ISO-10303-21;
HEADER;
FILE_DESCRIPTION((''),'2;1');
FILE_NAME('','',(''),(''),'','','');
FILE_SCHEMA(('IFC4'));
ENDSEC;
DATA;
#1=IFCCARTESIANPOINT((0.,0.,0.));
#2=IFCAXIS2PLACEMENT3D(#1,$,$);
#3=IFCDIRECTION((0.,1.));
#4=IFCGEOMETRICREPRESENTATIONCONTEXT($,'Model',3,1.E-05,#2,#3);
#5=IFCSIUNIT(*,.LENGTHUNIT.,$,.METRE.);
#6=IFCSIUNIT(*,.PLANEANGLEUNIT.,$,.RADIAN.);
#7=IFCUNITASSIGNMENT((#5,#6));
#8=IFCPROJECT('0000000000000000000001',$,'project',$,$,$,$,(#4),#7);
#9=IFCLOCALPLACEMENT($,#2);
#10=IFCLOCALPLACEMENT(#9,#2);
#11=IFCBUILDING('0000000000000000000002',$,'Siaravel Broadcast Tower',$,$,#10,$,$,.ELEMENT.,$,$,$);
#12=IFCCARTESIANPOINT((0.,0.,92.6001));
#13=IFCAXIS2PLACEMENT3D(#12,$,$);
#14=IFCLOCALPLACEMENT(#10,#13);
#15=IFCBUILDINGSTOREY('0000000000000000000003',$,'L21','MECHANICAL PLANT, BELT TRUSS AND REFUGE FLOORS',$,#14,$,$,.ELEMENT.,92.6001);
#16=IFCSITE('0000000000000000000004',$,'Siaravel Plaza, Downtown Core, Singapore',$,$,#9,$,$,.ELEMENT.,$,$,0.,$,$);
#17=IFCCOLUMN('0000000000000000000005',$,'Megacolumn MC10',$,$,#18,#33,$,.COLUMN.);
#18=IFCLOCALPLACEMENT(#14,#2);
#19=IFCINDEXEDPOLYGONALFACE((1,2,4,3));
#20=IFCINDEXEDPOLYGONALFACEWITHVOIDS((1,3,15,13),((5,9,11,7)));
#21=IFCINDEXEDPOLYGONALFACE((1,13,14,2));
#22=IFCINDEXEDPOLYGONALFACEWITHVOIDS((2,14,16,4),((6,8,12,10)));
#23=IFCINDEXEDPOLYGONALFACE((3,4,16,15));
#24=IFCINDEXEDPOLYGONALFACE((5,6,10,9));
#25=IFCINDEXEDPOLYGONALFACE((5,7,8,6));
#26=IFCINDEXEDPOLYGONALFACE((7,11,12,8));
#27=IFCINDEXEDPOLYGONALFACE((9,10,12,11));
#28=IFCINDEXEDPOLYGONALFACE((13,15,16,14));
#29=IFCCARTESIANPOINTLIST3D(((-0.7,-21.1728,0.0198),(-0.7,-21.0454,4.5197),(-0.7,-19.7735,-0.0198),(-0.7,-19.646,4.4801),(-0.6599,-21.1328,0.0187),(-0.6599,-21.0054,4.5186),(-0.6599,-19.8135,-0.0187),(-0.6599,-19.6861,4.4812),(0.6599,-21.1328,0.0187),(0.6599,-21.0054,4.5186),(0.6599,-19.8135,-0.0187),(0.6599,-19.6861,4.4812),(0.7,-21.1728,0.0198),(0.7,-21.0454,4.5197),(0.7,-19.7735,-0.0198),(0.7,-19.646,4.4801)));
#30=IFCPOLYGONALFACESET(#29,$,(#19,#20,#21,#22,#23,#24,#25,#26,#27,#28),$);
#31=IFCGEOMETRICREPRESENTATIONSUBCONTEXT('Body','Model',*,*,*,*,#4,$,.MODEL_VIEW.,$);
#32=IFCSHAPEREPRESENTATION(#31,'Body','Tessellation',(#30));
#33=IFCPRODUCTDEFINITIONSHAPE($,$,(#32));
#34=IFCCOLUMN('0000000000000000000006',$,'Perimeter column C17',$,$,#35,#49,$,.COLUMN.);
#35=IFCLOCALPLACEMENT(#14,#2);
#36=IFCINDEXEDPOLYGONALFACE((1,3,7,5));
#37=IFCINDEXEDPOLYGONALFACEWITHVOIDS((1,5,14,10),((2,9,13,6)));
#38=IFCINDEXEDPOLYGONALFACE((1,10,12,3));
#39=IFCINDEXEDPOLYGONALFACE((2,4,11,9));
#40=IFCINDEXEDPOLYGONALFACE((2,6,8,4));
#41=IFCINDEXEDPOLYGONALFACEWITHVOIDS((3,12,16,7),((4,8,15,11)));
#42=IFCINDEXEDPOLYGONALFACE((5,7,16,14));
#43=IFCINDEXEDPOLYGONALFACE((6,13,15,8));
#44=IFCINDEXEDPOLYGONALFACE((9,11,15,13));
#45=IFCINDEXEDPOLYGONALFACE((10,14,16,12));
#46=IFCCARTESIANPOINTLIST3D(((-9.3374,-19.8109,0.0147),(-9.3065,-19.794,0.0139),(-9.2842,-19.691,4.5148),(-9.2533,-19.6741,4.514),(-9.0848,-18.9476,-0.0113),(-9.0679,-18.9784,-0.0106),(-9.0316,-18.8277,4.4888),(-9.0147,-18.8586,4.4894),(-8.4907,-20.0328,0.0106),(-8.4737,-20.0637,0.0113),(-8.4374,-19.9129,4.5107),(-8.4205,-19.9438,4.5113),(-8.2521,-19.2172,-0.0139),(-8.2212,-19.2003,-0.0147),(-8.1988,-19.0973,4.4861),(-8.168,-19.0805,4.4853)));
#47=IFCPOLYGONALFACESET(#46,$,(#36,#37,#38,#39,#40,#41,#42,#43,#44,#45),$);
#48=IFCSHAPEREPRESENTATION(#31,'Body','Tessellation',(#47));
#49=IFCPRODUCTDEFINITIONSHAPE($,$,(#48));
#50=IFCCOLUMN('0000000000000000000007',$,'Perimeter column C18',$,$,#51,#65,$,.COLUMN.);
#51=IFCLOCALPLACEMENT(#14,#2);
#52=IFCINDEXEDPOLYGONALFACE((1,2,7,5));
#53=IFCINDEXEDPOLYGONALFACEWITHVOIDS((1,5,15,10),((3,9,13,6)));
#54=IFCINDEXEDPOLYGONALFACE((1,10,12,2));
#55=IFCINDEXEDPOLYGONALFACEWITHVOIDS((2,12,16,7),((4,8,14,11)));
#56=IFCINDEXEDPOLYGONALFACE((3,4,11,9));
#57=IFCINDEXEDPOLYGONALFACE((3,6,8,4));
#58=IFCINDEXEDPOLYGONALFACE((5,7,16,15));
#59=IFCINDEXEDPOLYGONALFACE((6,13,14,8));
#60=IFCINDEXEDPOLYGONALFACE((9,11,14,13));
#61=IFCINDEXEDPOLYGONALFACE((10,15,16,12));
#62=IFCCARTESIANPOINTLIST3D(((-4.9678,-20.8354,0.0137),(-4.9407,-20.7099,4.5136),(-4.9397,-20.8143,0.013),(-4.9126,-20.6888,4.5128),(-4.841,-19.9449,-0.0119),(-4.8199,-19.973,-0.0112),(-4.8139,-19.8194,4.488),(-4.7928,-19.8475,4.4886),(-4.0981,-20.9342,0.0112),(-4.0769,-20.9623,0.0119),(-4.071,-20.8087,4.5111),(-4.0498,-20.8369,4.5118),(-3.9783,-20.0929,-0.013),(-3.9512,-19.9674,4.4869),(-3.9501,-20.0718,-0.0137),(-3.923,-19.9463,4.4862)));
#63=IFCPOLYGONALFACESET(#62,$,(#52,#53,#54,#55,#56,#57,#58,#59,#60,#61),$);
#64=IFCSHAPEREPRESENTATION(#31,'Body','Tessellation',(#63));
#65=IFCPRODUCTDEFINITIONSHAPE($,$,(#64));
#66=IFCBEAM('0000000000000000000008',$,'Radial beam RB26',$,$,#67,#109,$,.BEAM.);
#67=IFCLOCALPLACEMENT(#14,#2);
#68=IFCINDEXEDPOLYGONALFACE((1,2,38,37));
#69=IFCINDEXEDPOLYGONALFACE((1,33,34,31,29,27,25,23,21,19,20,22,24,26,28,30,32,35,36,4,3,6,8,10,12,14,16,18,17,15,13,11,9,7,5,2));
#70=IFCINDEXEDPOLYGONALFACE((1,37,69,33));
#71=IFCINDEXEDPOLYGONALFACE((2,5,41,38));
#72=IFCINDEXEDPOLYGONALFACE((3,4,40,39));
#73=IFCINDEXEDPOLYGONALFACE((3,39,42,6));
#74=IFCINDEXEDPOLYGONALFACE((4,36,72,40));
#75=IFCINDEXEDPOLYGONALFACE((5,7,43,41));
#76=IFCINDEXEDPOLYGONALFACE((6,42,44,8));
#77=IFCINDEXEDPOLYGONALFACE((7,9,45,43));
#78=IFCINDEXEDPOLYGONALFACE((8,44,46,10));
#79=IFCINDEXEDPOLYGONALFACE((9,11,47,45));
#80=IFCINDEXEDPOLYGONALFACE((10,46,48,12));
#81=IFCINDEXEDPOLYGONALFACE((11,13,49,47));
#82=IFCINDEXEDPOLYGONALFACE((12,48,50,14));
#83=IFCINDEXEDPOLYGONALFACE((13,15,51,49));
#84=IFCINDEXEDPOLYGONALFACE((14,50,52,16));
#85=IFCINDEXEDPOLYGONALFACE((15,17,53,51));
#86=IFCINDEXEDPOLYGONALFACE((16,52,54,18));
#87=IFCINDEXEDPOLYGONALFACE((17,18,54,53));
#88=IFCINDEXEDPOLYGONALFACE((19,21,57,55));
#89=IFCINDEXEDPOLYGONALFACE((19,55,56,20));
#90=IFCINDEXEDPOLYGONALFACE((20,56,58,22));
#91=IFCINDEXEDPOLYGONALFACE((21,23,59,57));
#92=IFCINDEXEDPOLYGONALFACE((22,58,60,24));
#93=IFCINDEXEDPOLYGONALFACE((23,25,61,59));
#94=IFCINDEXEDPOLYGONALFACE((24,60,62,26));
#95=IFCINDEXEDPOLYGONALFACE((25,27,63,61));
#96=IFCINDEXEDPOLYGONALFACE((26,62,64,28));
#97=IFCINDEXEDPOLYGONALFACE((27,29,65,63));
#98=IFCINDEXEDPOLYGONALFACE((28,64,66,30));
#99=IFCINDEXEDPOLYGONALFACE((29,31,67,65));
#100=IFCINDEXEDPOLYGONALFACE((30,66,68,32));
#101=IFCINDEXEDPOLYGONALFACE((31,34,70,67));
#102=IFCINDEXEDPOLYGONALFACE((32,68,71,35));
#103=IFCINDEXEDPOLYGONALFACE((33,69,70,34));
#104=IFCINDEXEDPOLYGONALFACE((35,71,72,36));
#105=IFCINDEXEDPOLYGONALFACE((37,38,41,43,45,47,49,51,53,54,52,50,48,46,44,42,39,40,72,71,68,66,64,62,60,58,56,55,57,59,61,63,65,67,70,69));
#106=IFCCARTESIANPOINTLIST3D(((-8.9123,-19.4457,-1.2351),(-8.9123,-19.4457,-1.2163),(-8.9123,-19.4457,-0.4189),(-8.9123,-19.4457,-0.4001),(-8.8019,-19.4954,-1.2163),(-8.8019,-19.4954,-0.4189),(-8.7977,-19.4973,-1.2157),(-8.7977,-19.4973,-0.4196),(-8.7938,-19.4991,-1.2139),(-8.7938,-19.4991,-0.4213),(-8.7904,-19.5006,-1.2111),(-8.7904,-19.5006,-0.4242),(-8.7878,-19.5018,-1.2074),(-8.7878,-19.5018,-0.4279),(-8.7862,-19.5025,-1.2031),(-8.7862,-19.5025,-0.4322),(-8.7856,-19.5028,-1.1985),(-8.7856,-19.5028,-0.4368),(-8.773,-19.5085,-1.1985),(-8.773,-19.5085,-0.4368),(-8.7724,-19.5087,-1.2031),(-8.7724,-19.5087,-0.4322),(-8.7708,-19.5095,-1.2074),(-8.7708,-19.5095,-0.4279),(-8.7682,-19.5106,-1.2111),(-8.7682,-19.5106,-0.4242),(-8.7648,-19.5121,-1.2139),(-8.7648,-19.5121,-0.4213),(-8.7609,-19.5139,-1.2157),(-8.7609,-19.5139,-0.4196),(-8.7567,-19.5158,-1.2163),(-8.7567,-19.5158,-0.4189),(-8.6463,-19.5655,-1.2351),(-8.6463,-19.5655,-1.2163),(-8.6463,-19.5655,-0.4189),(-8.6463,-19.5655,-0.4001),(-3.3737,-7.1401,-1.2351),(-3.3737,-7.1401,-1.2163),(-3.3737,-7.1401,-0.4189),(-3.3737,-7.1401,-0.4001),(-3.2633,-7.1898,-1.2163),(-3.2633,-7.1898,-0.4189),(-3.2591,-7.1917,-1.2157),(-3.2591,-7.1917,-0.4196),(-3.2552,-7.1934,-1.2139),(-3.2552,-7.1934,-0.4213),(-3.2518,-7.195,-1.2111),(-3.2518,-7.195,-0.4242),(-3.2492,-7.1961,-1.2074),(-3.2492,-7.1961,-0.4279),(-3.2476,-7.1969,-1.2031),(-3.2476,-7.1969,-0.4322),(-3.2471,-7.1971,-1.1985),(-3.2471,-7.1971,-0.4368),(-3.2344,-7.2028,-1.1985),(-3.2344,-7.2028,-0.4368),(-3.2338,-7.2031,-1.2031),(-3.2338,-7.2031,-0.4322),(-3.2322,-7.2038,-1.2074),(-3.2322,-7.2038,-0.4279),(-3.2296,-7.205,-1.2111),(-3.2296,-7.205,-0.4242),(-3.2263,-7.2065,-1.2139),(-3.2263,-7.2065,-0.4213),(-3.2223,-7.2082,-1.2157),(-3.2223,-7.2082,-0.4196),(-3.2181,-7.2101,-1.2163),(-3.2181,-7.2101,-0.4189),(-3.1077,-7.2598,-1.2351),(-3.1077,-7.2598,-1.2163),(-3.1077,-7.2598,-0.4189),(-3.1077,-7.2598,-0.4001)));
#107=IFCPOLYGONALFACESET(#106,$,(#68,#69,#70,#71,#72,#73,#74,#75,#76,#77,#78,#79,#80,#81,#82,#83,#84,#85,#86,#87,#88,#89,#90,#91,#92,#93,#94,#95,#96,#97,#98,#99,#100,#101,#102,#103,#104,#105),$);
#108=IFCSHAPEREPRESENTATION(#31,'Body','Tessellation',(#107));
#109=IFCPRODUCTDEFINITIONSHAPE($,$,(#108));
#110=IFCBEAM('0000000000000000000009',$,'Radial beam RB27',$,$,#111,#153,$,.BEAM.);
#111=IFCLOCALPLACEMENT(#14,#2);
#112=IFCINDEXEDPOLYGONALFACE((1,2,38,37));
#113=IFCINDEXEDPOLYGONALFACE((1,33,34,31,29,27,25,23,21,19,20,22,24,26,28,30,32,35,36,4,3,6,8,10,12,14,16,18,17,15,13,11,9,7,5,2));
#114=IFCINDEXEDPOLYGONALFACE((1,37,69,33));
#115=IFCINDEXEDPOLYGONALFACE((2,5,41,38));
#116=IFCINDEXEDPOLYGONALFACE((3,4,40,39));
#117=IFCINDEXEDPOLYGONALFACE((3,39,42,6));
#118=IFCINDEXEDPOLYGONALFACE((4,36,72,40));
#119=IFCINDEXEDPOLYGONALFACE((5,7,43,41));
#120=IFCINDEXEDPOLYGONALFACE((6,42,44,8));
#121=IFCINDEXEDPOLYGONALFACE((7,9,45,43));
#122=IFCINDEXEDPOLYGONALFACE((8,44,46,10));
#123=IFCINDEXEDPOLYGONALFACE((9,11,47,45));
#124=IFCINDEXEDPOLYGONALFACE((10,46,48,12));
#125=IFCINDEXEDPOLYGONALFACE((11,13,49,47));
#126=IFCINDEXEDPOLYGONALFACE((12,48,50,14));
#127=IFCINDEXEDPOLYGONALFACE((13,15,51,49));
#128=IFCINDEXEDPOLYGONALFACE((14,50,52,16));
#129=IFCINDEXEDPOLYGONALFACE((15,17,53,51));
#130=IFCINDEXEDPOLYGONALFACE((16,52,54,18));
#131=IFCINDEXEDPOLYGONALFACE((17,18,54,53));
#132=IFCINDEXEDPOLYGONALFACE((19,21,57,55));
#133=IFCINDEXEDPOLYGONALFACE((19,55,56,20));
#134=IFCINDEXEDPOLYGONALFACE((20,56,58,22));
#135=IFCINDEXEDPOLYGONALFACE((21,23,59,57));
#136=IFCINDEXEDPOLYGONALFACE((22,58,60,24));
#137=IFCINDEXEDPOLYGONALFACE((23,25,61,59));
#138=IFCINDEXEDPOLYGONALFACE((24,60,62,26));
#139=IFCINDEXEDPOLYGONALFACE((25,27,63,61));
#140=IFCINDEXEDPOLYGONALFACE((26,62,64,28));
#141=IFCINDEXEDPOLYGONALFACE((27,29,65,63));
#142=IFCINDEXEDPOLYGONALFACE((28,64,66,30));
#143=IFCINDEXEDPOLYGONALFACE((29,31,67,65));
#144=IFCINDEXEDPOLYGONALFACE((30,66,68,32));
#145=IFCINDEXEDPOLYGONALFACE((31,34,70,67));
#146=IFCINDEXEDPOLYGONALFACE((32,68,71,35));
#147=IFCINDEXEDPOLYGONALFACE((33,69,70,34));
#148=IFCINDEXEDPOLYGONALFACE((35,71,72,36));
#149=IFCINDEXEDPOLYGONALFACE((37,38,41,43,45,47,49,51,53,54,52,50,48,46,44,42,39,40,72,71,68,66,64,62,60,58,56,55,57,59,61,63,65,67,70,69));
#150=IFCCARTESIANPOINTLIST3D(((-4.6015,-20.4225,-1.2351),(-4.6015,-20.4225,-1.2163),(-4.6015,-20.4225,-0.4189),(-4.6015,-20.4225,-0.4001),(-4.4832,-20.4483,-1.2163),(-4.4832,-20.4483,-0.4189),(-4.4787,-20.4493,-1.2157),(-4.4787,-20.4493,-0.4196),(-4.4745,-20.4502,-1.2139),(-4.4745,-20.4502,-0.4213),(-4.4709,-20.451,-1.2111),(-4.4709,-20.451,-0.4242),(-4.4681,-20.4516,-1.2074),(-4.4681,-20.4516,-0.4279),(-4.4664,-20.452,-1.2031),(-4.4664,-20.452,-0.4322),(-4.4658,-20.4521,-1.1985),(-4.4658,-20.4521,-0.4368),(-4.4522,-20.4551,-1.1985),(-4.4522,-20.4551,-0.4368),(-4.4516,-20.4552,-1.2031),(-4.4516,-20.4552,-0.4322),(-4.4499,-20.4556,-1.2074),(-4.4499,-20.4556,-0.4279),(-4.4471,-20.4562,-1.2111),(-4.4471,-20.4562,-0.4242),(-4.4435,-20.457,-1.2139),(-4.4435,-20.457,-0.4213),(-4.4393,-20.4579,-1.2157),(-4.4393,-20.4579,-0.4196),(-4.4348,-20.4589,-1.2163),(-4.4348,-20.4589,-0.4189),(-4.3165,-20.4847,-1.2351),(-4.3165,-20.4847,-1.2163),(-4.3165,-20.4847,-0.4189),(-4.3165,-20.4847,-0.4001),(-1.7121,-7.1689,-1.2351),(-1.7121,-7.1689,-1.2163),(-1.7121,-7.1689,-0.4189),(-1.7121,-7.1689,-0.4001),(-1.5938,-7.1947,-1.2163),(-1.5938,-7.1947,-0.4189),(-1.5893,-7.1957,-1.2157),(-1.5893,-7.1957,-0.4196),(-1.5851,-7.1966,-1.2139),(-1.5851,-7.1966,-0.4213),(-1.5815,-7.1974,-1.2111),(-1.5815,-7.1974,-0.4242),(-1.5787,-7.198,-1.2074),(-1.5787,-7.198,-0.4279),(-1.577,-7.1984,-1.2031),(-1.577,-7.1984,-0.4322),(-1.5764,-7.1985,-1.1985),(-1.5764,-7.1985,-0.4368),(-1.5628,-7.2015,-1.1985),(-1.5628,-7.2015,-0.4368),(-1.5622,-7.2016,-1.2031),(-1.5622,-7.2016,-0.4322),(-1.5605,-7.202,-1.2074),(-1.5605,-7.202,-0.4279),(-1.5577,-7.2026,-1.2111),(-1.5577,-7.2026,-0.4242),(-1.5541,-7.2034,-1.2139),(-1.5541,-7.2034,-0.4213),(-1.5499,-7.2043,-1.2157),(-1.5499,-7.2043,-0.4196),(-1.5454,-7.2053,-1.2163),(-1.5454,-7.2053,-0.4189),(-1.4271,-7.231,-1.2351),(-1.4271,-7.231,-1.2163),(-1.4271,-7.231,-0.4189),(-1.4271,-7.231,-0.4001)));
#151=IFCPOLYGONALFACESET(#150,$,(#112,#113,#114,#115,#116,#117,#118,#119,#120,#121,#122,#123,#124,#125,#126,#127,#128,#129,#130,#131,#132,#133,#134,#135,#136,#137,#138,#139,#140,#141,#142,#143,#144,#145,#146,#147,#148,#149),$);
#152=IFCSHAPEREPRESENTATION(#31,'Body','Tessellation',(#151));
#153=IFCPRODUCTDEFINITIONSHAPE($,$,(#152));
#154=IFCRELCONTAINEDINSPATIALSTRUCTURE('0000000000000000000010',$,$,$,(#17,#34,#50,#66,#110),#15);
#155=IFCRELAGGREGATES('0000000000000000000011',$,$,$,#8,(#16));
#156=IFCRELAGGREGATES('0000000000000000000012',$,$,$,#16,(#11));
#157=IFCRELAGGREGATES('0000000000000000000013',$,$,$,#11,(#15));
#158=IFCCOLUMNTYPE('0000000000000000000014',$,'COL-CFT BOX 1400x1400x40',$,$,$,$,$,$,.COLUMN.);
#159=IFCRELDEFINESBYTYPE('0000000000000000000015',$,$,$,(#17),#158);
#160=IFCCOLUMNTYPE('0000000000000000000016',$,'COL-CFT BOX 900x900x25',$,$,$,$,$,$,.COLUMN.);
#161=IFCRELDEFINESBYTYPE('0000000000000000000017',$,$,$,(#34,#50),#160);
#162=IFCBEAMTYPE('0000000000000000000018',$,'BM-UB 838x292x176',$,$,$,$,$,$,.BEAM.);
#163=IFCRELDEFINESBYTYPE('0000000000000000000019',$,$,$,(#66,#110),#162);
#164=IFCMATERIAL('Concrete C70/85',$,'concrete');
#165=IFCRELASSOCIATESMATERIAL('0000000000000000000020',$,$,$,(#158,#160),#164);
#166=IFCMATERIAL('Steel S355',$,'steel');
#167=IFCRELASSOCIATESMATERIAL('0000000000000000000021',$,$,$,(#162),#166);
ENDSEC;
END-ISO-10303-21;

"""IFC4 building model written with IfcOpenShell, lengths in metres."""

from ifc_helpers import new_model, si_unit, direction, frame, origin, origin_2d, place, context, subcontext, project, spatial, hollow_rectangle, i_section, extrude, material, material_profile, profile_set, type_object, element, save


model = new_model("IFC4")

# Units and contexts
model_context = context("Model", 3, precision=1e-05, world=origin(), true_north=direction((0.0, 1.0)))
body_context = subcontext(model_context, "Body", "Model", "MODEL_VIEW")
ifc_project = project(units=[si_unit("LENGTHUNIT", "METRE"), si_unit("PLANEANGLEUNIT", "RADIAN")], contexts=[model_context])

# Site, building, storey
site_placement = place(None, origin())
site = spatial("IfcSite", under=ifc_project, at=site_placement, Name="Siaravel Plaza, Downtown Core, Singapore", CompositionType="ELEMENT", RefElevation=0.0)
building_placement = place(site_placement, origin())
building = spatial("IfcBuilding", under=site, at=building_placement, Name="Siaravel Broadcast Tower", CompositionType="ELEMENT")
storey_placement = place(building_placement, frame((0.0, 0.0, 92.6001)))
storey = spatial("IfcBuildingStorey", under=building, at=storey_placement, Name="L21", Description="MECHANICAL PLANT, BELT TRUSS AND REFUGE FLOORS", CompositionType="ELEMENT", Elevation=92.6001)

# Columns
ifc_material_1 = material(Name="Concrete C70/85", Category="concrete")
ifc_material_profile_1 = material_profile(ifc_material_1, hollow_rectangle(XDim=1.3999, YDim=1.3999, WallThickness=0.04, at=origin_2d()))
ifc_profile_set_1 = profile_set([ifc_material_profile_1], Name="Concrete C70/85")
column_type_1 = type_object("IfcColumnType", Name="COL-CFT BOX 1400x1400x40", PredefinedType="COLUMN", material=ifc_profile_set_1)
column_1_placement = place(storey_placement, frame((0.0, -20.4731, 0.0), z_axis=(0.0, 0.028309, 0.999599), x_axis=(-1.0, 0.0, 0.0)))
element("IfcColumn", 1, at=column_1_placement, inside=storey, type_object=column_type_1, Name="Megacolumn MC10", PredefinedType="COLUMN", context=body_context, shape_type="SweptSolid", body=[
    extrude(hollow_rectangle(XDim=1.3999, YDim=1.3999, WallThickness=0.04, at=origin_2d()), origin(), (0.0, 0.0, 1.0), 4.5017),
])
ifc_material_profile_2 = material_profile(ifc_material_1, hollow_rectangle(XDim=0.8999, YDim=0.8999, WallThickness=0.0249, at=origin_2d()))
ifc_profile_set_2 = profile_set([ifc_material_profile_2], Name="Concrete C70/85")
column_type_2 = type_object("IfcColumnType", Name="COL-CFT BOX 900x900x25", PredefinedType="COLUMN", material=ifc_profile_set_2)
column_2_placement = place(storey_placement, frame((-8.7793, -19.5056, 0.0), z_axis=(0.011822, 0.026627, 0.999576), x_axis=(-0.959734, 0.280883, 0.003869)))
element("IfcColumn", 2, at=column_2_placement, inside=storey, type_object=column_type_2, Name="Perimeter column C17", PredefinedType="COLUMN", context=body_context, shape_type="SweptSolid", body=[
    extrude(hollow_rectangle(XDim=0.8999, YDim=0.8999, WallThickness=0.0249, at=origin_2d()), origin(), (0.0, 0.0, 1.0), 4.502),
])
column_3_placement = place(storey_placement, frame((-4.459, -20.4536, 0.0), z_axis=(0.00602, 0.027875, 0.999593), x_axis=(-0.990003, 0.141035, 0.002029)))
element("IfcColumn", 3, at=column_3_placement, inside=storey, type_object=column_type_2, Name="Perimeter column C18", PredefinedType="COLUMN", context=body_context, shape_type="SweptSolid", body=[
    extrude(hollow_rectangle(XDim=0.8999, YDim=0.8999, WallThickness=0.0249, at=origin_2d()), origin(), (0.0, 0.0, 1.0), 4.5017),
])

# Beams
ifc_material_2 = material(Name="Steel S355", Category="steel")
ifc_material_profile_3 = material_profile(ifc_material_2, i_section(OverallWidth=0.2917, OverallDepth=0.835, WebThickness=0.0139, FlangeThickness=0.0188, FilletRadius=0.0178, at=origin_2d()))
ifc_profile_set_3 = profile_set([ifc_material_profile_3], Name="Steel S355")
beam_type_1 = type_object("IfcBeamType", Name="BM-UB 838x292x176", PredefinedType="BEAM", material=ifc_profile_set_3)
beam_1_placement = place(storey_placement, frame((-8.7793, -19.5056, -0.8176), z_axis=(0.410428, 0.911893, 0.0), x_axis=(-0.911893, 0.410428, 0.0)))
element("IfcBeam", 4, at=beam_1_placement, inside=storey, type_object=beam_type_1, Name="Radial beam RB26", PredefinedType="BEAM", context=body_context, shape_type="SweptSolid", body=[
    extrude(i_section(OverallWidth=0.2917, OverallDepth=0.835, WebThickness=0.0139, FlangeThickness=0.0188, FilletRadius=0.0178, at=origin_2d()), origin(), (0.0, 0.0, 1.0), 13.4946),
])
beam_2_placement = place(storey_placement, frame((-4.459, -20.4536, -0.8176), z_axis=(0.213005, 0.977051, 0.0), x_axis=(-0.977051, 0.213005, 0.0)))
element("IfcBeam", 5, at=beam_2_placement, inside=storey, type_object=beam_type_1, Name="Radial beam RB27", PredefinedType="BEAM", context=body_context, shape_type="SweptSolid", body=[
    extrude(i_section(OverallWidth=0.2917, OverallDepth=0.835, WebThickness=0.0139, FlangeThickness=0.0188, FilletRadius=0.0178, at=origin_2d()), origin(), (0.0, 0.0, 1.0), 13.5649),
])

save(model, "model.ifc")
